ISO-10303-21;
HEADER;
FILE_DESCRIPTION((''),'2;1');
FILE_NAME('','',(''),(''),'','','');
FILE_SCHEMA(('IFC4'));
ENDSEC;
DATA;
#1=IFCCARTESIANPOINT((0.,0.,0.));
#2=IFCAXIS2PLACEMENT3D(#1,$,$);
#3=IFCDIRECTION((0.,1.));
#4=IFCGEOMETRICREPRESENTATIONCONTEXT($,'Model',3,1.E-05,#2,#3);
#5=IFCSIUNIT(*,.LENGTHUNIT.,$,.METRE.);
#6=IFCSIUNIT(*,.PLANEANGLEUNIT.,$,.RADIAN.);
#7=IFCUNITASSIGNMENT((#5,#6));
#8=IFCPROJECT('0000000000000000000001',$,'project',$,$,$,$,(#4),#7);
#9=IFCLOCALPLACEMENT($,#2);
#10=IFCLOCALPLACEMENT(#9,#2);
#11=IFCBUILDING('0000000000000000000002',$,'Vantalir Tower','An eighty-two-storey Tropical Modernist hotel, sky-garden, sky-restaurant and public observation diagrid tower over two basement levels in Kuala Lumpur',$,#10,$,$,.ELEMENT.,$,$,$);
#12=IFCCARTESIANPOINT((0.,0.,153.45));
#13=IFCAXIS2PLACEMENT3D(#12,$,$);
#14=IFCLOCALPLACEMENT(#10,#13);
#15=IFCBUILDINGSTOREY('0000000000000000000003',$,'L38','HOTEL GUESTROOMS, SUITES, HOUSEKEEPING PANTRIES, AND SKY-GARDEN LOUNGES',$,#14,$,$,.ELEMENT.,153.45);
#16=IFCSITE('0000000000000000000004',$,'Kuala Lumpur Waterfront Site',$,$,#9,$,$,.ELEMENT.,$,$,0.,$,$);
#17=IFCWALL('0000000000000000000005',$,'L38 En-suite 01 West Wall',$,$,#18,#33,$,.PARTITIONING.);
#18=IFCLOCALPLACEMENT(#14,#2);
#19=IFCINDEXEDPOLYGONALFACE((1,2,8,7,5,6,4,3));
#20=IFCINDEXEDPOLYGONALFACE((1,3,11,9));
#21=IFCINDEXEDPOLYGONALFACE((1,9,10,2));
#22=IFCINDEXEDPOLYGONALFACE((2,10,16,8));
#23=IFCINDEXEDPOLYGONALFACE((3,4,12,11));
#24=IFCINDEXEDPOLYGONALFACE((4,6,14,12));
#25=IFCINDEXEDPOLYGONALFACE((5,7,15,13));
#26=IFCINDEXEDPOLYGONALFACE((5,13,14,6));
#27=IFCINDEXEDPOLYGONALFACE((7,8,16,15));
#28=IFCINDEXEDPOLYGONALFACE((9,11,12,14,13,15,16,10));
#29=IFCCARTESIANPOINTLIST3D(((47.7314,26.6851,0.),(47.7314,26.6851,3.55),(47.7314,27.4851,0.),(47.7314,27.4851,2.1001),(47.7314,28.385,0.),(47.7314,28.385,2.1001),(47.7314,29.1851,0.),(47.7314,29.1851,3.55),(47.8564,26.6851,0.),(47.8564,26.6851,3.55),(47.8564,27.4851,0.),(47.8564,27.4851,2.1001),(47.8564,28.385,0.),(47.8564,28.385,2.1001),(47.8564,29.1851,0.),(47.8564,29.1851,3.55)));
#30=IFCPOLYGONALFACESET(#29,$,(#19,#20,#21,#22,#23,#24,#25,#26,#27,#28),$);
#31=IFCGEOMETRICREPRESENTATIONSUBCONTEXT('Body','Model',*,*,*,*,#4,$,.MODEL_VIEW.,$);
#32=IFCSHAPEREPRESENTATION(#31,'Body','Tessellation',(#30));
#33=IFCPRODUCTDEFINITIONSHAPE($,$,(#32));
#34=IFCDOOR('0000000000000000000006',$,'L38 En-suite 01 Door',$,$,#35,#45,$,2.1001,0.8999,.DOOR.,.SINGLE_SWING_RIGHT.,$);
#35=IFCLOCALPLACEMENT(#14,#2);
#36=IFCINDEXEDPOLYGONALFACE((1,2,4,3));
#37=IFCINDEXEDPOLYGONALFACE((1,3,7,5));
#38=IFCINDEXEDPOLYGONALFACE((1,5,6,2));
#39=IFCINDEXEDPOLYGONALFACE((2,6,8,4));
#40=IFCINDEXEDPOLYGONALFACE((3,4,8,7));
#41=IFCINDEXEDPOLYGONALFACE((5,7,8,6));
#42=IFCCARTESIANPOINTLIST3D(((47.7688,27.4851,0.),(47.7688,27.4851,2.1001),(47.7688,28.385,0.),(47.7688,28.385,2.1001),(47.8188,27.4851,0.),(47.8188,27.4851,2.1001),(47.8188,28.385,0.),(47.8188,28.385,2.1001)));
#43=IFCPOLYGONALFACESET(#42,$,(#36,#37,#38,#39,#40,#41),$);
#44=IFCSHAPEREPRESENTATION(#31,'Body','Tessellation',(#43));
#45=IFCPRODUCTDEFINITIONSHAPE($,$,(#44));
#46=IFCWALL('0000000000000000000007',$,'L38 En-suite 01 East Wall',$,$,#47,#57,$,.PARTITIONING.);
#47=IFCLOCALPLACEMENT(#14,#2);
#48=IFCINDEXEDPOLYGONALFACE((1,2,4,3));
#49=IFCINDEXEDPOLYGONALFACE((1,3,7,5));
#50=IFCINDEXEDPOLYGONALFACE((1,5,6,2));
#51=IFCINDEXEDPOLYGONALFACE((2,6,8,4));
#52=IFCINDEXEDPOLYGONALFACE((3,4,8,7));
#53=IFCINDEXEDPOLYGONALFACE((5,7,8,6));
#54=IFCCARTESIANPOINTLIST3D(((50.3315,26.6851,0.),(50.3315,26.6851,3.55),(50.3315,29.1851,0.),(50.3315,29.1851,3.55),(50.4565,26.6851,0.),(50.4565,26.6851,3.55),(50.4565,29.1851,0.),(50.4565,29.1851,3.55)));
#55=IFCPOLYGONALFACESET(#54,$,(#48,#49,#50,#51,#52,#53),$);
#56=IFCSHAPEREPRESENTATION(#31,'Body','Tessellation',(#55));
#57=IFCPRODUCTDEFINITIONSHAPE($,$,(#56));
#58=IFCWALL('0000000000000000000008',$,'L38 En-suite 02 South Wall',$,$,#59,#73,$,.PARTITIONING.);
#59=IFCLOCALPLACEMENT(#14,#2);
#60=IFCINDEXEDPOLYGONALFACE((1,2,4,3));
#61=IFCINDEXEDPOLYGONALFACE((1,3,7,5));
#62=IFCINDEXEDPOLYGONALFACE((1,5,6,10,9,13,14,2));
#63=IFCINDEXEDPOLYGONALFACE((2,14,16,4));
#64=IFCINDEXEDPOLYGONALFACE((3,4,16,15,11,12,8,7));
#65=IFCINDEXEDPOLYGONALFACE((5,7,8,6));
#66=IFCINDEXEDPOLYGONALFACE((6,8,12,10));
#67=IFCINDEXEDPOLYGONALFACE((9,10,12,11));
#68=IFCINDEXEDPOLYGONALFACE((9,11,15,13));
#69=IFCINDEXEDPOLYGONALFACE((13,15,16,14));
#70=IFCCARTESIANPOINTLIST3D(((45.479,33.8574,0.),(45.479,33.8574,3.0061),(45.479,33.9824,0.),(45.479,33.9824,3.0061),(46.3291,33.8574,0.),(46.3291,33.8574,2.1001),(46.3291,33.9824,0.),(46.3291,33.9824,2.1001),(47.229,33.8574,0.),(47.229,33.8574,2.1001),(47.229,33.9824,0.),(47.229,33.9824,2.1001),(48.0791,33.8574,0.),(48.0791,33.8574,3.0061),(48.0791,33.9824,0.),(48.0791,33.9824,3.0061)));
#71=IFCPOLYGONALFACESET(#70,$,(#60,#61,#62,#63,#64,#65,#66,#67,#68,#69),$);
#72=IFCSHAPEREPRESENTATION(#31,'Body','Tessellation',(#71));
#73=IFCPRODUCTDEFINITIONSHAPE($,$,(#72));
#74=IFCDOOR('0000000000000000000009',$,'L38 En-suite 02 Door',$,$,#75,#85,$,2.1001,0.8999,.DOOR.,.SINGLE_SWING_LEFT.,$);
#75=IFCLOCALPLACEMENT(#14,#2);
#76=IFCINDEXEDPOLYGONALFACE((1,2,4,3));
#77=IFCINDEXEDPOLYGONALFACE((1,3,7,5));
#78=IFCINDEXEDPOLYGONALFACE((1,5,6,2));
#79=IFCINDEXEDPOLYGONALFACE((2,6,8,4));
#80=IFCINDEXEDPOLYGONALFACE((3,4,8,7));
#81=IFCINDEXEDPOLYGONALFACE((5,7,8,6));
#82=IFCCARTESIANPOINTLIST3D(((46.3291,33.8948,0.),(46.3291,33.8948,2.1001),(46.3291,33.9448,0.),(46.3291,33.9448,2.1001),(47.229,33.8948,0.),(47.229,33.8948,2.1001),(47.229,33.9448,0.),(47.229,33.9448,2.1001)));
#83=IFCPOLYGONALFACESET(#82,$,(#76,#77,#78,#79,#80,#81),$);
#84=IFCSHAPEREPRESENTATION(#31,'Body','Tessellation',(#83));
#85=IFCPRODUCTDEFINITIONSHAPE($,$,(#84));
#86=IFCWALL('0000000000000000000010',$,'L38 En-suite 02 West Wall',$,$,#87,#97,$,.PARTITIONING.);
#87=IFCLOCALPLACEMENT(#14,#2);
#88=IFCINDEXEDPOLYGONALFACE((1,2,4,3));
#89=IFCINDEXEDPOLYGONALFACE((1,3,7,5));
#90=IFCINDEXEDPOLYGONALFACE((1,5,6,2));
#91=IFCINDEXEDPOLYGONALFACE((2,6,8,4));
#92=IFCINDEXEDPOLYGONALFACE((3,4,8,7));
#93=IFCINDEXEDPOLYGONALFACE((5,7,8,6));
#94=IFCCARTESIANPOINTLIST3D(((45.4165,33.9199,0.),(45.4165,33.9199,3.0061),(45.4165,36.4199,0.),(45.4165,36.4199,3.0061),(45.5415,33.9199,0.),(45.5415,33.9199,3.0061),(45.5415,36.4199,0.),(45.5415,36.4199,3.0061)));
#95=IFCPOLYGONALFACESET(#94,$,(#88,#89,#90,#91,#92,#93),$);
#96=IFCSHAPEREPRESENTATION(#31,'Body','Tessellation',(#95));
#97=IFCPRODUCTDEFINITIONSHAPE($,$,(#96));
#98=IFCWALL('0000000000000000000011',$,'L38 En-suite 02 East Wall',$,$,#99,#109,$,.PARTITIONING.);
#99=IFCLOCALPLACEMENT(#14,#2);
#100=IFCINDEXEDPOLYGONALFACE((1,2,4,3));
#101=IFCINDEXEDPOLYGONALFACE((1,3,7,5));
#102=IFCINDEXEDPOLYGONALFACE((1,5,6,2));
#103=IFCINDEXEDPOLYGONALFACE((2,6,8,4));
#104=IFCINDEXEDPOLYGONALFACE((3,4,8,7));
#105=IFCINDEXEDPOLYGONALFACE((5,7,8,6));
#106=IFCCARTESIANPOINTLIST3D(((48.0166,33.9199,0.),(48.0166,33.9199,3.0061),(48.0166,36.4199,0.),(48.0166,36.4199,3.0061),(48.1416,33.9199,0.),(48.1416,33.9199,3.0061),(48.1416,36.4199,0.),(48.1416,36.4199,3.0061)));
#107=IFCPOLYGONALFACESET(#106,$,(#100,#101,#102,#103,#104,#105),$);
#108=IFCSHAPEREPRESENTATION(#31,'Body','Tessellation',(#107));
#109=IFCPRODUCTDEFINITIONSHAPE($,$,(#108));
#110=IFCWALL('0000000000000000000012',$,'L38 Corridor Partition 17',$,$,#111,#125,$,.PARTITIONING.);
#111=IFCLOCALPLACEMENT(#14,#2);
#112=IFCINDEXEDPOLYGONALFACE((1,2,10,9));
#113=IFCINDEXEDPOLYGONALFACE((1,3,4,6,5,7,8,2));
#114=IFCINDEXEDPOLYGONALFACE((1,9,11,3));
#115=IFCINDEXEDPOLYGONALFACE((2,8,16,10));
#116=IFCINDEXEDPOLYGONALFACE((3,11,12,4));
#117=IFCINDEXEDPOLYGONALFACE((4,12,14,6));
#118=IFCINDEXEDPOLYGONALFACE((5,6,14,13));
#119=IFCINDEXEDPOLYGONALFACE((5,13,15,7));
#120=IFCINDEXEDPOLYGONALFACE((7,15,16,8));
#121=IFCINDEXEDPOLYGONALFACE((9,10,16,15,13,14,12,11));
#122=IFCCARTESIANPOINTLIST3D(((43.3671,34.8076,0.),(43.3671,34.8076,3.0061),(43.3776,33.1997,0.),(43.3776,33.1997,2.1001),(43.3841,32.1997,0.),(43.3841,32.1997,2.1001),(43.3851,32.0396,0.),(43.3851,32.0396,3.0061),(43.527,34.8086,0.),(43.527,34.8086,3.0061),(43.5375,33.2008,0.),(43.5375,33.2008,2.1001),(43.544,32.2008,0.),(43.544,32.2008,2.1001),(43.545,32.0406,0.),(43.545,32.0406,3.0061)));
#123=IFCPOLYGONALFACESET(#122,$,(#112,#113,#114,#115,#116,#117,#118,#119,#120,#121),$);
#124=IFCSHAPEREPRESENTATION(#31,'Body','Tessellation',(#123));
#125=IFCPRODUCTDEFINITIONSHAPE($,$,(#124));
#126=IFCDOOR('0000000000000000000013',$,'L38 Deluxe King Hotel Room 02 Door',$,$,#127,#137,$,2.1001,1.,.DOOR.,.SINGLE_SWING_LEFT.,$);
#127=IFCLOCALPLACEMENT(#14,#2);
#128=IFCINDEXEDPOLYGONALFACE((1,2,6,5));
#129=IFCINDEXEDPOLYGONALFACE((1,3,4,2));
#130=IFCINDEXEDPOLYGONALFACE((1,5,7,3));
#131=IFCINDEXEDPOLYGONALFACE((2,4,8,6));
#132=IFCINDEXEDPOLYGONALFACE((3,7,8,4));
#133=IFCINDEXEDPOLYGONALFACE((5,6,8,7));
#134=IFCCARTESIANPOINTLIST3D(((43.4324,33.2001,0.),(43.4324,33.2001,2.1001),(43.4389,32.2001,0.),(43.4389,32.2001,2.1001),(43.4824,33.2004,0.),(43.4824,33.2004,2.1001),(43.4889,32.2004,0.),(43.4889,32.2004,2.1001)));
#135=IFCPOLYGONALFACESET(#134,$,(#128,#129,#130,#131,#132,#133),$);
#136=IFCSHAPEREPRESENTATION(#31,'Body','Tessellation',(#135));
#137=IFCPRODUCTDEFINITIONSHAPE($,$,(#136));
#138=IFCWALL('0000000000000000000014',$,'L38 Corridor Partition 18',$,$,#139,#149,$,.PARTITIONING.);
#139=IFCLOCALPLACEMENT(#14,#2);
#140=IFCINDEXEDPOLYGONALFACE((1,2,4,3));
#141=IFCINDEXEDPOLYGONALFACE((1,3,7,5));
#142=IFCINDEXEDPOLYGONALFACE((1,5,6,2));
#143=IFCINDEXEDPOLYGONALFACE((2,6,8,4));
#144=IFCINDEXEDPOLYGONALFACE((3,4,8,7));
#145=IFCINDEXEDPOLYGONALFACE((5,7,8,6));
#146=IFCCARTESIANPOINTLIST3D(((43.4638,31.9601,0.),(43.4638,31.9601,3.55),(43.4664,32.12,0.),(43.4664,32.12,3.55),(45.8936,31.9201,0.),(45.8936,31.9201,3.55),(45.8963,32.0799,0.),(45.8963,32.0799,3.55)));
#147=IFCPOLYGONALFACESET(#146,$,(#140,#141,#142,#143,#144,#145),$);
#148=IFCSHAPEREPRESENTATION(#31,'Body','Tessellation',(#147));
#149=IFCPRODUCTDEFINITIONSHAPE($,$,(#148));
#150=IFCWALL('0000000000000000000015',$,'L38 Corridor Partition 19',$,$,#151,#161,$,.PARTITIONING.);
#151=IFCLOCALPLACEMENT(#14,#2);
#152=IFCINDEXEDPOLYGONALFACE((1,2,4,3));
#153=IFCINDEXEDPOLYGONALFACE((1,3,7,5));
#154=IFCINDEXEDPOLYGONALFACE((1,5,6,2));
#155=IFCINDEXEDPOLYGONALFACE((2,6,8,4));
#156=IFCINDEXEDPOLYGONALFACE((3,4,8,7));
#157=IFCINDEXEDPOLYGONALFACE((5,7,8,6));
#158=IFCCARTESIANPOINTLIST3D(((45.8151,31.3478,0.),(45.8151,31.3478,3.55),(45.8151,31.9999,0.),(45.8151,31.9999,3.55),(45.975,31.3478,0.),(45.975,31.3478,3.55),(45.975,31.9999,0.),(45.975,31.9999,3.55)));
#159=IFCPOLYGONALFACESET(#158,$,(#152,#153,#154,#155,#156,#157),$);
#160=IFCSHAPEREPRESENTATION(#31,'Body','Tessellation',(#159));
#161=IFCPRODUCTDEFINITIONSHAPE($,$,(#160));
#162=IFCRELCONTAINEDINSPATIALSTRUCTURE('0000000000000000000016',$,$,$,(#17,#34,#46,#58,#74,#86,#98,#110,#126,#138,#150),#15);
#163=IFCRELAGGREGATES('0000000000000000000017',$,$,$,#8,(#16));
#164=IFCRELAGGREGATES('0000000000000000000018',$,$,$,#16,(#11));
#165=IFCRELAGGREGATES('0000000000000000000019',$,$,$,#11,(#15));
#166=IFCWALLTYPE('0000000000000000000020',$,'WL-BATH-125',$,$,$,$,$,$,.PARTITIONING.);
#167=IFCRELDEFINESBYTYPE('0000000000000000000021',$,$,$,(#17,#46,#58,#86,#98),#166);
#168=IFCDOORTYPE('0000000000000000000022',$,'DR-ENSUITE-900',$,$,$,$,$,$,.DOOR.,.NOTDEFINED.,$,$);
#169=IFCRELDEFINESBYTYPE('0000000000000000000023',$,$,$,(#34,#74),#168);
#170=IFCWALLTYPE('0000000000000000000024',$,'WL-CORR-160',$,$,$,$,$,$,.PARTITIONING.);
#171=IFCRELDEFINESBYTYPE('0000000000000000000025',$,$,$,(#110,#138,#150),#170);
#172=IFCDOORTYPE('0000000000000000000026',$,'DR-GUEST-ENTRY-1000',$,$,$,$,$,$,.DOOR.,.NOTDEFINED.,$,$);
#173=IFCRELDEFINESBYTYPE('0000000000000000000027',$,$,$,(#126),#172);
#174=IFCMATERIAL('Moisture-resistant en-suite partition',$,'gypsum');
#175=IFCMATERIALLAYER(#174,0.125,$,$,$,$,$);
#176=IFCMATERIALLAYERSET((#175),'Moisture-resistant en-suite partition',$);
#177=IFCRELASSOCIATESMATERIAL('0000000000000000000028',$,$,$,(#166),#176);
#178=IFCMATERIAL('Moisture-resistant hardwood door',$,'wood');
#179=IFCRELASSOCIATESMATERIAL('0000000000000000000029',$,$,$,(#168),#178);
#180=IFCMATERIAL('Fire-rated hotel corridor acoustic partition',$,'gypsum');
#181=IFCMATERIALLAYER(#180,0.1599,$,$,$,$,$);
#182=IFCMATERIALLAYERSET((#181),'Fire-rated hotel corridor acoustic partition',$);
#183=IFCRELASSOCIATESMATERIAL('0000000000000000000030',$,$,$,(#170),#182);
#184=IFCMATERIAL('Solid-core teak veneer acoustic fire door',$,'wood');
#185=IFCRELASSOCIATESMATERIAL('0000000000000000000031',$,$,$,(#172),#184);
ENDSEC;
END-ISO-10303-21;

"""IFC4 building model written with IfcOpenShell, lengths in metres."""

from ifc_helpers import new_model, si_unit, direction, frame, frame_2d, origin, place, context, subcontext, project, spatial, rectangle, extrude, material, layer, layer_set, type_object, element, fill, save


model = new_model("IFC4")

# Units and contexts
model_context = context("Model", 3, precision=1e-05, world=origin(), true_north=direction((0.0, 1.0)))
body_context = subcontext(model_context, "Body", "Model", "MODEL_VIEW")
ifc_project = project(units=[si_unit("LENGTHUNIT", "METRE"), si_unit("PLANEANGLEUNIT", "RADIAN")], contexts=[model_context])

# Site, building, storey
site_placement = place(None, origin())
site = spatial("IfcSite", under=ifc_project, at=site_placement, Name="Kuala Lumpur Waterfront Site", CompositionType="ELEMENT", RefElevation=0.0)
building_placement = place(site_placement, origin())
building = spatial("IfcBuilding", under=site, at=building_placement, Name="Vantalir Tower", Description="An eighty-two-storey Tropical Modernist hotel, sky-garden, sky-restaurant and public observation diagrid tower over two basement levels in Kuala Lumpur", CompositionType="ELEMENT")
storey_placement = place(building_placement, frame((0.0, 0.0, 153.45)))
storey = spatial("IfcBuildingStorey", under=building, at=storey_placement, Name="L38", Description="HOTEL GUESTROOMS, SUITES, HOUSEKEEPING PANTRIES, AND SKY-GARDEN LOUNGES", CompositionType="ELEMENT", Elevation=153.45)

# Shared definitions
ifc_material_1 = material(Name="Moisture-resistant en-suite partition", Category="gypsum")
ifc_layer_1 = layer(ifc_material_1, 0.125)
ifc_layer_set_1 = layer_set([ifc_layer_1], Name="Moisture-resistant en-suite partition")
wall_type_1 = type_object("IfcWallType", Name="WL-BATH-125", PredefinedType="PARTITIONING", material=ifc_layer_set_1)

# Wall, opening, door
wall_1_placement = place(storey_placement, frame((47.7939, 26.6851, 0.0), z_axis=(0.0, 0.0, 1.0), x_axis=(0.0, 1.0, 0.0)))
wall_1 = element("IfcWall", 1, at=wall_1_placement, inside=storey, type_object=wall_type_1, Name="L38 En-suite 01 West Wall", PredefinedType="PARTITIONING", context=body_context, shape_type="SweptSolid", body=[
    extrude(rectangle(XDim=2.5, YDim=0.125, at=frame_2d((1.25, 0.0))), origin(), (0.0, 0.0, 1.0), 3.55),
])
opening_1_placement = place(wall_1_placement, frame((0.8, 0.0, 0.0)))
opening_1 = element("IfcOpeningElement", 2, at=opening_1_placement, cuts=wall_1, PredefinedType="OPENING", context=body_context, shape_type="SweptSolid", body=[
    extrude(rectangle(XDim=0.8999, YDim=2.1001, at=frame_2d((0.45, 1.05))), frame((0.0, 0.0725, 0.0), z_axis=(0.0, -1.0, 0.0), x_axis=(1.0, 0.0, 0.0)), (0.0, 0.0, 1.0), 0.145),
])
ifc_material_2 = material(Name="Moisture-resistant hardwood door", Category="wood")
door_type_1 = type_object("IfcDoorType", Name="DR-ENSUITE-900", OperationType="NOTDEFINED", PredefinedType="DOOR", material=ifc_material_2)
door_1_placement = place(opening_1_placement, frame((0.8999, 0.0, 0.0), z_axis=(0.0, 0.0, 1.0), x_axis=(-1.0, 0.0, 0.0)))
door_1 = element("IfcDoor", 3, at=door_1_placement, inside=storey, type_object=door_type_1, Name="L38 En-suite 01 Door", OperationType="SINGLE_SWING_RIGHT", OverallHeight=2.1001, OverallWidth=0.8999, PredefinedType="DOOR", context=body_context, shape_type="SweptSolid", body=[
    extrude(rectangle(XDim=0.8999, YDim=2.1001, at=frame_2d((0.45, 1.05))), frame((0.0, 0.0249, 0.0), z_axis=(0.0, -1.0, 0.0), x_axis=(1.0, 0.0, 0.0)), (0.0, 0.0, 1.0), 0.05),
])
fill(opening_1, door_1)

# Wall
wall_2_placement = place(storey_placement, frame((50.394, 26.6851, 0.0), z_axis=(0.0, 0.0, 1.0), x_axis=(0.0, 1.0, 0.0)))
element("IfcWall", 4, at=wall_2_placement, inside=storey, type_object=wall_type_1, Name="L38 En-suite 01 East Wall", PredefinedType="PARTITIONING", context=body_context, shape_type="SweptSolid", body=[
    extrude(rectangle(XDim=2.5, YDim=0.125, at=frame_2d((1.25, 0.0))), origin(), (0.0, 0.0, 1.0), 3.55),
])

# Wall, opening, door
wall_3_placement = place(storey_placement, frame((45.479, 33.9199, 0.0), z_axis=(0.0, 0.0, 1.0), x_axis=(1.0, 0.0, 0.0)))
wall_3 = element("IfcWall", 5, at=wall_3_placement, inside=storey, type_object=wall_type_1, Name="L38 En-suite 02 South Wall", PredefinedType="PARTITIONING", context=body_context, shape_type="SweptSolid", body=[
    extrude(rectangle(XDim=2.6001, YDim=0.125, at=frame_2d((1.3, 0.0))), origin(), (0.0, 0.0, 1.0), 3.0061),
])
opening_2_placement = place(wall_3_placement, frame((0.8501, 0.0, 0.0)))
opening_2 = element("IfcOpeningElement", 6, at=opening_2_placement, cuts=wall_3, PredefinedType="OPENING", context=body_context, shape_type="SweptSolid", body=[
    extrude(rectangle(XDim=0.8999, YDim=2.1001, at=frame_2d((0.45, 1.05))), frame((0.0, 0.0725, 0.0), z_axis=(0.0, -1.0, 0.0), x_axis=(1.0, 0.0, 0.0)), (0.0, 0.0, 1.0), 0.145),
])
door_2_placement = place(opening_2_placement, origin())
door_2 = element("IfcDoor", 7, at=door_2_placement, inside=storey, type_object=door_type_1, Name="L38 En-suite 02 Door", OperationType="SINGLE_SWING_LEFT", OverallHeight=2.1001, OverallWidth=0.8999, PredefinedType="DOOR", context=body_context, shape_type="SweptSolid", body=[
    extrude(rectangle(XDim=0.8999, YDim=2.1001, at=frame_2d((0.45, 1.05))), frame((0.0, 0.0249, 0.0), z_axis=(0.0, -1.0, 0.0), x_axis=(1.0, 0.0, 0.0)), (0.0, 0.0, 1.0), 0.05),
])
fill(opening_2, door_2)

# Walls
for number, where, z_axis, x_axis, name in (
    (8, (45.479, 33.9199, 0.0), (0.0, 0.0, 1.0), (0.0, 1.0, 0.0), "L38 En-suite 02 West Wall"),
    (9, (48.0791, 33.9199, 0.0), (0.0, 0.0, 1.0), (0.0, 1.0, 0.0), "L38 En-suite 02 East Wall"),
):
    element("IfcWall", number, at=place(storey_placement, frame(where, z_axis=z_axis, x_axis=x_axis)), inside=storey, type_object=wall_type_1, Name=name, PredefinedType="PARTITIONING", context=body_context, shape_type="SweptSolid", body=[
        extrude(rectangle(XDim=2.5, YDim=0.125, at=frame_2d((1.25, 0.0))), origin(), (0.0, 0.0, 1.0), 3.0061),
    ])

# Wall, opening, door
ifc_material_3 = material(Name="Fire-rated hotel corridor acoustic partition", Category="gypsum")
ifc_layer_2 = layer(ifc_material_3, 0.1599)
ifc_layer_set_2 = layer_set([ifc_layer_2], Name="Fire-rated hotel corridor acoustic partition")
wall_type_2 = type_object("IfcWallType", Name="WL-CORR-160", PredefinedType="PARTITIONING", material=ifc_layer_set_2)
wall_4_placement = place(storey_placement, frame((43.447, 34.8081, 0.0), z_axis=(0.0, 0.0, 1.0), x_axis=(0.006527, -0.999979, 0.0)))
wall_4 = element("IfcWall", 10, at=wall_4_placement, inside=storey, type_object=wall_type_2, Name="L38 Corridor Partition 17", PredefinedType="PARTITIONING", context=body_context, shape_type="SweptSolid", body=[
    extrude(rectangle(XDim=2.7681, YDim=0.1599, at=frame_2d((1.384, 0.0))), origin(), (0.0, 0.0, 1.0), 3.0061),
])
opening_3_placement = place(wall_4_placement, frame((1.6079, 0.0, 0.0)))
opening_3 = element("IfcOpeningElement", 11, at=opening_3_placement, cuts=wall_4, PredefinedType="OPENING", context=body_context, shape_type="SweptSolid", body=[
    extrude(rectangle(XDim=1.0, YDim=2.1001, at=frame_2d((0.5, 1.05))), frame((0.0, 0.0898, 0.0), z_axis=(0.0, -1.0, 0.0), x_axis=(1.0, 0.0, 0.0)), (0.0, 0.0, 1.0), 0.1799),
])
ifc_material_4 = material(Name="Solid-core teak veneer acoustic fire door", Category="wood")
door_type_2 = type_object("IfcDoorType", Name="DR-GUEST-ENTRY-1000", OperationType="NOTDEFINED", PredefinedType="DOOR", material=ifc_material_4)
door_3_placement = place(opening_3_placement, origin())
door_3 = element("IfcDoor", 12, at=door_3_placement, inside=storey, type_object=door_type_2, Name="L38 Deluxe King Hotel Room 02 Door", OperationType="SINGLE_SWING_LEFT", OverallHeight=2.1001, OverallWidth=1.0, PredefinedType="DOOR", context=body_context, shape_type="SweptSolid", body=[
    extrude(rectangle(XDim=1.0, YDim=2.1001, at=frame_2d((0.5, 1.05))), frame((0.0, 0.0249, 0.0), z_axis=(0.0, -1.0, 0.0), x_axis=(1.0, 0.0, 0.0)), (0.0, 0.0, 1.0), 0.05),
])
fill(opening_3, door_3)

# Walls
wall_5_placement = place(storey_placement, frame((43.4651, 32.04, 0.0), z_axis=(0.0, 0.0, 1.0), x_axis=(0.999864, -0.016475, 0.0)))
element("IfcWall", 13, at=wall_5_placement, inside=storey, type_object=wall_type_2, Name="L38 Corridor Partition 18", PredefinedType="PARTITIONING", context=body_context, shape_type="SweptSolid", body=[
    extrude(rectangle(XDim=2.4302, YDim=0.1599, at=frame_2d((1.2151, 0.0))), origin(), (0.0, 0.0, 1.0), 3.55),
])
wall_6_placement = place(storey_placement, frame((45.895, 32.0, 0.0), z_axis=(0.0, 0.0, 1.0), x_axis=(0.0, -1.0, 0.0)))
element("IfcWall", 14, at=wall_6_placement, inside=storey, type_object=wall_type_2, Name="L38 Corridor Partition 19", PredefinedType="PARTITIONING", context=body_context, shape_type="SweptSolid", body=[
    extrude(rectangle(XDim=0.6521, YDim=0.1599, at=frame_2d((0.3262, 0.0))), origin(), (0.0, 0.0, 1.0), 3.55),
])

save(model, "model.ifc")
